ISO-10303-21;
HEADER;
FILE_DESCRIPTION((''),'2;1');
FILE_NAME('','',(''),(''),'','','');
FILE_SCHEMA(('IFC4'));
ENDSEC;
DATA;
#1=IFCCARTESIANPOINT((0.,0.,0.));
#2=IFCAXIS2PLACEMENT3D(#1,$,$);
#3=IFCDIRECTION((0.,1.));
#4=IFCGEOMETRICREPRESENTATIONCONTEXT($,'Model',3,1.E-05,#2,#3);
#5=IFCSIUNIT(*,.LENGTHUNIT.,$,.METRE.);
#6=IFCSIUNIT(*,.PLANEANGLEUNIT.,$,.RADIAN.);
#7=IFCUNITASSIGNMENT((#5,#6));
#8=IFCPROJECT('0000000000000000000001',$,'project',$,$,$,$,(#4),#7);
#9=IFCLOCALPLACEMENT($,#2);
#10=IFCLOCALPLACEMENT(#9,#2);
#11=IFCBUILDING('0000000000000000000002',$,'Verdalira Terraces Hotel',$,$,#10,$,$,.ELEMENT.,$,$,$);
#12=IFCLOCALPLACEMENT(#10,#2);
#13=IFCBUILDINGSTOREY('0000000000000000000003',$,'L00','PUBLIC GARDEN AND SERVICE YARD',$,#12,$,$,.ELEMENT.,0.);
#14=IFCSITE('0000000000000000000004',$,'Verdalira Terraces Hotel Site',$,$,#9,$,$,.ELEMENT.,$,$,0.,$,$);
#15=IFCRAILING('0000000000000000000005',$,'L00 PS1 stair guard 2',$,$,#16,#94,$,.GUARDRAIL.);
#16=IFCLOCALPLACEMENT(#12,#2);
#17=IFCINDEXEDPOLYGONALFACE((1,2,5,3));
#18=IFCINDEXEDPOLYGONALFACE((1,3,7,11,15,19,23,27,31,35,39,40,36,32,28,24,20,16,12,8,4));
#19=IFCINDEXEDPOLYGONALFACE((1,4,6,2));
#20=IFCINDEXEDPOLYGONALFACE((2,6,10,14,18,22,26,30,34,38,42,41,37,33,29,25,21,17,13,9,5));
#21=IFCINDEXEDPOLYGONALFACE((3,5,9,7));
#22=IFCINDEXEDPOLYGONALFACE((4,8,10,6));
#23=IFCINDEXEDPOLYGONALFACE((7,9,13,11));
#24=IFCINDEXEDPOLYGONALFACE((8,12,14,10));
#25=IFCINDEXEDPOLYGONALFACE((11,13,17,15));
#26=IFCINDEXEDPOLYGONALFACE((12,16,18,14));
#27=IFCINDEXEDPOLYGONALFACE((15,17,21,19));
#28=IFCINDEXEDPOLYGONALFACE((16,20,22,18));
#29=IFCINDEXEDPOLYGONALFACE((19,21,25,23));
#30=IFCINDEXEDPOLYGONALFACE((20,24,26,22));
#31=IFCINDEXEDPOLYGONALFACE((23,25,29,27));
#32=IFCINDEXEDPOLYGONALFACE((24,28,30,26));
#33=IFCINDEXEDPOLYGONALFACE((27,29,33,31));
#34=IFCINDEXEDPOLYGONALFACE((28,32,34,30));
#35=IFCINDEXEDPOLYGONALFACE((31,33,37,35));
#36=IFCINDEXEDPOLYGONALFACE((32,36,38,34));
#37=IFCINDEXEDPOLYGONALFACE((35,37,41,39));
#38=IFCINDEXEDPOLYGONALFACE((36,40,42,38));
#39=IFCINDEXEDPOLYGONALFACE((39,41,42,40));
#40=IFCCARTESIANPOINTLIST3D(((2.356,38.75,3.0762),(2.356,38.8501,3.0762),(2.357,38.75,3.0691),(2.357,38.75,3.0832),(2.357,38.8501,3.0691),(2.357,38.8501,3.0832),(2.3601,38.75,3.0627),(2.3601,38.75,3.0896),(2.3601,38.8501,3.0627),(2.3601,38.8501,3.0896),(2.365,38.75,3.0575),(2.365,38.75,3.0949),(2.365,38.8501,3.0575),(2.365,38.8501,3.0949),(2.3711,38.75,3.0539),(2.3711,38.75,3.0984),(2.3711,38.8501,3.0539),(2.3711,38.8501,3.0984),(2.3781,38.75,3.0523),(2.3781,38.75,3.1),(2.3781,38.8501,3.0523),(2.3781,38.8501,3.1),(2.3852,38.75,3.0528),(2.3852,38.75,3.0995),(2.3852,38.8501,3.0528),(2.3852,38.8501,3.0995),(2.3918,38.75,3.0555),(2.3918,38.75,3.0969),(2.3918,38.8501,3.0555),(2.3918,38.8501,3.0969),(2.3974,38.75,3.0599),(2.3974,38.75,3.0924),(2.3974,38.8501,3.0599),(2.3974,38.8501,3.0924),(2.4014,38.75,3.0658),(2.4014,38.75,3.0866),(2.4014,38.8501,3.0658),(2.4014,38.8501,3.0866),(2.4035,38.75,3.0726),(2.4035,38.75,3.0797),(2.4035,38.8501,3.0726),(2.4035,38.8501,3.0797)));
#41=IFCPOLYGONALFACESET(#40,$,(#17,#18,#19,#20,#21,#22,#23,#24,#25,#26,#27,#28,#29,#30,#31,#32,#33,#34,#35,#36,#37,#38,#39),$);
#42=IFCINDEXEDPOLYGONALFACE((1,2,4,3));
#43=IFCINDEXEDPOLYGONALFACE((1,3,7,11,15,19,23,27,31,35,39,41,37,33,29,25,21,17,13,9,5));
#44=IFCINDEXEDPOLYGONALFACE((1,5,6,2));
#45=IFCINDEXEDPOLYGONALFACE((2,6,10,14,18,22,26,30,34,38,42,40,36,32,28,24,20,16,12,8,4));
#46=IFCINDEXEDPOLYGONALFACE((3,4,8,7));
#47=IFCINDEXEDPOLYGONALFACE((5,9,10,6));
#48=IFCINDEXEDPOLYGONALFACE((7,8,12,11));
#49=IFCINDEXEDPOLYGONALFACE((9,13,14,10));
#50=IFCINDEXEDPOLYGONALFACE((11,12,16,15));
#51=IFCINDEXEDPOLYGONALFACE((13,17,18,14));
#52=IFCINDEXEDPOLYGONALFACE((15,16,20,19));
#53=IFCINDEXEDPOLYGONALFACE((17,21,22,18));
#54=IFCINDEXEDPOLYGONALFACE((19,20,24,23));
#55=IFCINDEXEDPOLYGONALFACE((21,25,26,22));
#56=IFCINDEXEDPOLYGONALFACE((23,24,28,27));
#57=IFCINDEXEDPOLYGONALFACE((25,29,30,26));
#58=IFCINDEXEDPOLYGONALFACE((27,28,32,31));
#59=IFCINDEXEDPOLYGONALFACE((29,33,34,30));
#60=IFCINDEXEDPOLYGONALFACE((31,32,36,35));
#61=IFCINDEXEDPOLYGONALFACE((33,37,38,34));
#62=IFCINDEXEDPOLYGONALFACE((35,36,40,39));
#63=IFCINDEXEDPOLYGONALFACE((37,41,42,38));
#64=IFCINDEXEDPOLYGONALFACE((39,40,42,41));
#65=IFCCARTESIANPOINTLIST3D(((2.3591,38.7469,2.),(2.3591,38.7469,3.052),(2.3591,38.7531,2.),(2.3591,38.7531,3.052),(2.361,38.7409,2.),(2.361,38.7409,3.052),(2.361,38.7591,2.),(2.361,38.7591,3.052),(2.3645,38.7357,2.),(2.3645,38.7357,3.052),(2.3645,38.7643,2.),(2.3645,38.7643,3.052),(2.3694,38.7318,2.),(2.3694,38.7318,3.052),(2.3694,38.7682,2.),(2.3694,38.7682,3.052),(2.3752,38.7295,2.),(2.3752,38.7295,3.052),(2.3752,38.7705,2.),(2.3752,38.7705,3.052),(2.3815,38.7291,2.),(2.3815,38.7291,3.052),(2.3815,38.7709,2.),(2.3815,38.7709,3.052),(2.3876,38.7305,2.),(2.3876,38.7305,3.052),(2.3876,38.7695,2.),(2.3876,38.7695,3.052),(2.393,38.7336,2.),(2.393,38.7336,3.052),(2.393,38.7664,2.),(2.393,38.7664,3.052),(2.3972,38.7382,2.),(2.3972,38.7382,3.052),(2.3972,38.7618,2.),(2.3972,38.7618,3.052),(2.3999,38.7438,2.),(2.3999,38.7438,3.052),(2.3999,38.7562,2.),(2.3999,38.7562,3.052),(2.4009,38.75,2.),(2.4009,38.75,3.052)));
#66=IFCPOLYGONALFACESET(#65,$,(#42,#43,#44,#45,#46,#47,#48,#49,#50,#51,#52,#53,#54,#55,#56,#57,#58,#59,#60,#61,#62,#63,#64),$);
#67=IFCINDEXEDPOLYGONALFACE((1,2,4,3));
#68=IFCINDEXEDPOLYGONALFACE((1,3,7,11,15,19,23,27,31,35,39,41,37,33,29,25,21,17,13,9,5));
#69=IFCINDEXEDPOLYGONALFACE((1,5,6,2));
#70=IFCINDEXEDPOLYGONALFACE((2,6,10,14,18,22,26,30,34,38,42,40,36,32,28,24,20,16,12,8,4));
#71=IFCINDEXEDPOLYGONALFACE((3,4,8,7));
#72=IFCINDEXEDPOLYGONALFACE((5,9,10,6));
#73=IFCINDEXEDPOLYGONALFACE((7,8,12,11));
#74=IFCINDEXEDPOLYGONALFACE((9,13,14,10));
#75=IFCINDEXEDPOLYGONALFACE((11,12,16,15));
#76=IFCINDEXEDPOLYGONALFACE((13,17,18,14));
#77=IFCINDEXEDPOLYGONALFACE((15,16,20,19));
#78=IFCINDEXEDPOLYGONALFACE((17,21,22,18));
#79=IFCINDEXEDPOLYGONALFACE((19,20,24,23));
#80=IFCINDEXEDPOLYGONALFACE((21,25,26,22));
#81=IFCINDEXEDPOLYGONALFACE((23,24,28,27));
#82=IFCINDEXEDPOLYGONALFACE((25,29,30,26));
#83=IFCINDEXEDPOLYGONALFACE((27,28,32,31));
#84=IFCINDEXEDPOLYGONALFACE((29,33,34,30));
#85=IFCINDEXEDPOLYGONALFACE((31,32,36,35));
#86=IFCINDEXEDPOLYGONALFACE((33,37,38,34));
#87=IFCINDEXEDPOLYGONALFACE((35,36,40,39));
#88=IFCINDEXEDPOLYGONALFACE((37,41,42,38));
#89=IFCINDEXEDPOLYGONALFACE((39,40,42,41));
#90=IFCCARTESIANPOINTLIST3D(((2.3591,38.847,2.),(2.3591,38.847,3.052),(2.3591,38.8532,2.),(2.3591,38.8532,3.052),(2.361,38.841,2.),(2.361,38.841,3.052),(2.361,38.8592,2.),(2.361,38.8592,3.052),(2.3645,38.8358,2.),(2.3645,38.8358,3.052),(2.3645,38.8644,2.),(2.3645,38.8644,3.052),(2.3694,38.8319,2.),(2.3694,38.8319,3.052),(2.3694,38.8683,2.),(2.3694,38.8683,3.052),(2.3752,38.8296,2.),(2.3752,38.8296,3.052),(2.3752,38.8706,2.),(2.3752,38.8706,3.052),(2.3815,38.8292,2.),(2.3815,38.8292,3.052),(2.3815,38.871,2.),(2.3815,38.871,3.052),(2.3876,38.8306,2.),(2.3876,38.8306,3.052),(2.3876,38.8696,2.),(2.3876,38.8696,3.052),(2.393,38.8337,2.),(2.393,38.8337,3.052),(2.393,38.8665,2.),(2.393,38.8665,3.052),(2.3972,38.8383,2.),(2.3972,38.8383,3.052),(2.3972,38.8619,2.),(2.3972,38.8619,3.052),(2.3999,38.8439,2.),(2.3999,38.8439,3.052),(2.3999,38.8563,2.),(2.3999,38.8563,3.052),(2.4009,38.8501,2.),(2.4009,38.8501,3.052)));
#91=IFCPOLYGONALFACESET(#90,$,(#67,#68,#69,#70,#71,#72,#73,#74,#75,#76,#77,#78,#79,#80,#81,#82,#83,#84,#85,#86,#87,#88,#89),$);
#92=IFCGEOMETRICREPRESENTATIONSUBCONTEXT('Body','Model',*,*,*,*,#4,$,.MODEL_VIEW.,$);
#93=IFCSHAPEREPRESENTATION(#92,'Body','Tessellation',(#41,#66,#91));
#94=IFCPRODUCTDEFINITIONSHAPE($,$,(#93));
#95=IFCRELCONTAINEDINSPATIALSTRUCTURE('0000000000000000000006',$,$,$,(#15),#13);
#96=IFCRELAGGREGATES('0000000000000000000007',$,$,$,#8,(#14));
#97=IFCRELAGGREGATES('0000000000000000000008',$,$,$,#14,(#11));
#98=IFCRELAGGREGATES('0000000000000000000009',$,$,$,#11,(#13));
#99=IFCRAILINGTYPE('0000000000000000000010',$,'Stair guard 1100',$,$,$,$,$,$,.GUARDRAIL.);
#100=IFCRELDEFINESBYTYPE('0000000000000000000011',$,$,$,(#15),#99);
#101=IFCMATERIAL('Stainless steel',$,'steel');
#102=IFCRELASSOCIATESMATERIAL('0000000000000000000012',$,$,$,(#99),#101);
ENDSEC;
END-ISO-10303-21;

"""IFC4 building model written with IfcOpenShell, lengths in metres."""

from ifc_helpers import new_model, si_unit, direction, frame, origin, origin_2d, place, context, subcontext, project, spatial, circle, extrude, material, type_object, element, save


model = new_model("IFC4")

# Units and contexts
model_context = context("Model", 3, precision=1e-05, world=origin(), true_north=direction((0.0, 1.0)))
body_context = subcontext(model_context, "Body", "Model", "MODEL_VIEW")
ifc_project = project(units=[si_unit("LENGTHUNIT", "METRE"), si_unit("PLANEANGLEUNIT", "RADIAN")], contexts=[model_context])

# Site, building, storey
site_placement = place(None, origin())
site = spatial("IfcSite", under=ifc_project, at=site_placement, Name="Verdalira Terraces Hotel Site", CompositionType="ELEMENT", RefElevation=0.0)
building_placement = place(site_placement, origin())
building = spatial("IfcBuilding", under=site, at=building_placement, Name="Verdalira Terraces Hotel", CompositionType="ELEMENT")
storey_placement = place(building_placement, origin())
storey = spatial("IfcBuildingStorey", under=building, at=storey_placement, Name="L00", Description="PUBLIC GARDEN AND SERVICE YARD", CompositionType="ELEMENT", Elevation=0.0)

# Railing
ifc_material_1 = material(Name="Stainless steel", Category="steel")
railing_type_1 = type_object("IfcRailingType", Name="Stair guard 1100", PredefinedType="GUARDRAIL", material=ifc_material_1)
railing_1_placement = place(storey_placement, frame((2.3799, 38.75, 2.0)))
element("IfcRailing", 1, at=railing_1_placement, inside=storey, type_object=railing_type_1, Name="L00 PS1 stair guard 2", PredefinedType="GUARDRAIL", context=body_context, shape_type="SweptSolid", body=[
    extrude(circle(Radius=0.0239, at=origin_2d()), frame((0.0, 0.0, 1.0762), z_axis=(0.0, 1.0, 0.0), x_axis=(-1.0, 0.0, 0.0)), (0.0, 0.0, 1.0), 0.1001),
    extrude(circle(Radius=0.021, at=origin_2d()), origin(), (0.0, 0.0, 1.0), 1.052),
    extrude(circle(Radius=0.021, at=origin_2d()), frame((0.0, 0.1001, 0.0)), (0.0, 0.0, 1.0), 1.052),
])

save(model, "model.ifc")
